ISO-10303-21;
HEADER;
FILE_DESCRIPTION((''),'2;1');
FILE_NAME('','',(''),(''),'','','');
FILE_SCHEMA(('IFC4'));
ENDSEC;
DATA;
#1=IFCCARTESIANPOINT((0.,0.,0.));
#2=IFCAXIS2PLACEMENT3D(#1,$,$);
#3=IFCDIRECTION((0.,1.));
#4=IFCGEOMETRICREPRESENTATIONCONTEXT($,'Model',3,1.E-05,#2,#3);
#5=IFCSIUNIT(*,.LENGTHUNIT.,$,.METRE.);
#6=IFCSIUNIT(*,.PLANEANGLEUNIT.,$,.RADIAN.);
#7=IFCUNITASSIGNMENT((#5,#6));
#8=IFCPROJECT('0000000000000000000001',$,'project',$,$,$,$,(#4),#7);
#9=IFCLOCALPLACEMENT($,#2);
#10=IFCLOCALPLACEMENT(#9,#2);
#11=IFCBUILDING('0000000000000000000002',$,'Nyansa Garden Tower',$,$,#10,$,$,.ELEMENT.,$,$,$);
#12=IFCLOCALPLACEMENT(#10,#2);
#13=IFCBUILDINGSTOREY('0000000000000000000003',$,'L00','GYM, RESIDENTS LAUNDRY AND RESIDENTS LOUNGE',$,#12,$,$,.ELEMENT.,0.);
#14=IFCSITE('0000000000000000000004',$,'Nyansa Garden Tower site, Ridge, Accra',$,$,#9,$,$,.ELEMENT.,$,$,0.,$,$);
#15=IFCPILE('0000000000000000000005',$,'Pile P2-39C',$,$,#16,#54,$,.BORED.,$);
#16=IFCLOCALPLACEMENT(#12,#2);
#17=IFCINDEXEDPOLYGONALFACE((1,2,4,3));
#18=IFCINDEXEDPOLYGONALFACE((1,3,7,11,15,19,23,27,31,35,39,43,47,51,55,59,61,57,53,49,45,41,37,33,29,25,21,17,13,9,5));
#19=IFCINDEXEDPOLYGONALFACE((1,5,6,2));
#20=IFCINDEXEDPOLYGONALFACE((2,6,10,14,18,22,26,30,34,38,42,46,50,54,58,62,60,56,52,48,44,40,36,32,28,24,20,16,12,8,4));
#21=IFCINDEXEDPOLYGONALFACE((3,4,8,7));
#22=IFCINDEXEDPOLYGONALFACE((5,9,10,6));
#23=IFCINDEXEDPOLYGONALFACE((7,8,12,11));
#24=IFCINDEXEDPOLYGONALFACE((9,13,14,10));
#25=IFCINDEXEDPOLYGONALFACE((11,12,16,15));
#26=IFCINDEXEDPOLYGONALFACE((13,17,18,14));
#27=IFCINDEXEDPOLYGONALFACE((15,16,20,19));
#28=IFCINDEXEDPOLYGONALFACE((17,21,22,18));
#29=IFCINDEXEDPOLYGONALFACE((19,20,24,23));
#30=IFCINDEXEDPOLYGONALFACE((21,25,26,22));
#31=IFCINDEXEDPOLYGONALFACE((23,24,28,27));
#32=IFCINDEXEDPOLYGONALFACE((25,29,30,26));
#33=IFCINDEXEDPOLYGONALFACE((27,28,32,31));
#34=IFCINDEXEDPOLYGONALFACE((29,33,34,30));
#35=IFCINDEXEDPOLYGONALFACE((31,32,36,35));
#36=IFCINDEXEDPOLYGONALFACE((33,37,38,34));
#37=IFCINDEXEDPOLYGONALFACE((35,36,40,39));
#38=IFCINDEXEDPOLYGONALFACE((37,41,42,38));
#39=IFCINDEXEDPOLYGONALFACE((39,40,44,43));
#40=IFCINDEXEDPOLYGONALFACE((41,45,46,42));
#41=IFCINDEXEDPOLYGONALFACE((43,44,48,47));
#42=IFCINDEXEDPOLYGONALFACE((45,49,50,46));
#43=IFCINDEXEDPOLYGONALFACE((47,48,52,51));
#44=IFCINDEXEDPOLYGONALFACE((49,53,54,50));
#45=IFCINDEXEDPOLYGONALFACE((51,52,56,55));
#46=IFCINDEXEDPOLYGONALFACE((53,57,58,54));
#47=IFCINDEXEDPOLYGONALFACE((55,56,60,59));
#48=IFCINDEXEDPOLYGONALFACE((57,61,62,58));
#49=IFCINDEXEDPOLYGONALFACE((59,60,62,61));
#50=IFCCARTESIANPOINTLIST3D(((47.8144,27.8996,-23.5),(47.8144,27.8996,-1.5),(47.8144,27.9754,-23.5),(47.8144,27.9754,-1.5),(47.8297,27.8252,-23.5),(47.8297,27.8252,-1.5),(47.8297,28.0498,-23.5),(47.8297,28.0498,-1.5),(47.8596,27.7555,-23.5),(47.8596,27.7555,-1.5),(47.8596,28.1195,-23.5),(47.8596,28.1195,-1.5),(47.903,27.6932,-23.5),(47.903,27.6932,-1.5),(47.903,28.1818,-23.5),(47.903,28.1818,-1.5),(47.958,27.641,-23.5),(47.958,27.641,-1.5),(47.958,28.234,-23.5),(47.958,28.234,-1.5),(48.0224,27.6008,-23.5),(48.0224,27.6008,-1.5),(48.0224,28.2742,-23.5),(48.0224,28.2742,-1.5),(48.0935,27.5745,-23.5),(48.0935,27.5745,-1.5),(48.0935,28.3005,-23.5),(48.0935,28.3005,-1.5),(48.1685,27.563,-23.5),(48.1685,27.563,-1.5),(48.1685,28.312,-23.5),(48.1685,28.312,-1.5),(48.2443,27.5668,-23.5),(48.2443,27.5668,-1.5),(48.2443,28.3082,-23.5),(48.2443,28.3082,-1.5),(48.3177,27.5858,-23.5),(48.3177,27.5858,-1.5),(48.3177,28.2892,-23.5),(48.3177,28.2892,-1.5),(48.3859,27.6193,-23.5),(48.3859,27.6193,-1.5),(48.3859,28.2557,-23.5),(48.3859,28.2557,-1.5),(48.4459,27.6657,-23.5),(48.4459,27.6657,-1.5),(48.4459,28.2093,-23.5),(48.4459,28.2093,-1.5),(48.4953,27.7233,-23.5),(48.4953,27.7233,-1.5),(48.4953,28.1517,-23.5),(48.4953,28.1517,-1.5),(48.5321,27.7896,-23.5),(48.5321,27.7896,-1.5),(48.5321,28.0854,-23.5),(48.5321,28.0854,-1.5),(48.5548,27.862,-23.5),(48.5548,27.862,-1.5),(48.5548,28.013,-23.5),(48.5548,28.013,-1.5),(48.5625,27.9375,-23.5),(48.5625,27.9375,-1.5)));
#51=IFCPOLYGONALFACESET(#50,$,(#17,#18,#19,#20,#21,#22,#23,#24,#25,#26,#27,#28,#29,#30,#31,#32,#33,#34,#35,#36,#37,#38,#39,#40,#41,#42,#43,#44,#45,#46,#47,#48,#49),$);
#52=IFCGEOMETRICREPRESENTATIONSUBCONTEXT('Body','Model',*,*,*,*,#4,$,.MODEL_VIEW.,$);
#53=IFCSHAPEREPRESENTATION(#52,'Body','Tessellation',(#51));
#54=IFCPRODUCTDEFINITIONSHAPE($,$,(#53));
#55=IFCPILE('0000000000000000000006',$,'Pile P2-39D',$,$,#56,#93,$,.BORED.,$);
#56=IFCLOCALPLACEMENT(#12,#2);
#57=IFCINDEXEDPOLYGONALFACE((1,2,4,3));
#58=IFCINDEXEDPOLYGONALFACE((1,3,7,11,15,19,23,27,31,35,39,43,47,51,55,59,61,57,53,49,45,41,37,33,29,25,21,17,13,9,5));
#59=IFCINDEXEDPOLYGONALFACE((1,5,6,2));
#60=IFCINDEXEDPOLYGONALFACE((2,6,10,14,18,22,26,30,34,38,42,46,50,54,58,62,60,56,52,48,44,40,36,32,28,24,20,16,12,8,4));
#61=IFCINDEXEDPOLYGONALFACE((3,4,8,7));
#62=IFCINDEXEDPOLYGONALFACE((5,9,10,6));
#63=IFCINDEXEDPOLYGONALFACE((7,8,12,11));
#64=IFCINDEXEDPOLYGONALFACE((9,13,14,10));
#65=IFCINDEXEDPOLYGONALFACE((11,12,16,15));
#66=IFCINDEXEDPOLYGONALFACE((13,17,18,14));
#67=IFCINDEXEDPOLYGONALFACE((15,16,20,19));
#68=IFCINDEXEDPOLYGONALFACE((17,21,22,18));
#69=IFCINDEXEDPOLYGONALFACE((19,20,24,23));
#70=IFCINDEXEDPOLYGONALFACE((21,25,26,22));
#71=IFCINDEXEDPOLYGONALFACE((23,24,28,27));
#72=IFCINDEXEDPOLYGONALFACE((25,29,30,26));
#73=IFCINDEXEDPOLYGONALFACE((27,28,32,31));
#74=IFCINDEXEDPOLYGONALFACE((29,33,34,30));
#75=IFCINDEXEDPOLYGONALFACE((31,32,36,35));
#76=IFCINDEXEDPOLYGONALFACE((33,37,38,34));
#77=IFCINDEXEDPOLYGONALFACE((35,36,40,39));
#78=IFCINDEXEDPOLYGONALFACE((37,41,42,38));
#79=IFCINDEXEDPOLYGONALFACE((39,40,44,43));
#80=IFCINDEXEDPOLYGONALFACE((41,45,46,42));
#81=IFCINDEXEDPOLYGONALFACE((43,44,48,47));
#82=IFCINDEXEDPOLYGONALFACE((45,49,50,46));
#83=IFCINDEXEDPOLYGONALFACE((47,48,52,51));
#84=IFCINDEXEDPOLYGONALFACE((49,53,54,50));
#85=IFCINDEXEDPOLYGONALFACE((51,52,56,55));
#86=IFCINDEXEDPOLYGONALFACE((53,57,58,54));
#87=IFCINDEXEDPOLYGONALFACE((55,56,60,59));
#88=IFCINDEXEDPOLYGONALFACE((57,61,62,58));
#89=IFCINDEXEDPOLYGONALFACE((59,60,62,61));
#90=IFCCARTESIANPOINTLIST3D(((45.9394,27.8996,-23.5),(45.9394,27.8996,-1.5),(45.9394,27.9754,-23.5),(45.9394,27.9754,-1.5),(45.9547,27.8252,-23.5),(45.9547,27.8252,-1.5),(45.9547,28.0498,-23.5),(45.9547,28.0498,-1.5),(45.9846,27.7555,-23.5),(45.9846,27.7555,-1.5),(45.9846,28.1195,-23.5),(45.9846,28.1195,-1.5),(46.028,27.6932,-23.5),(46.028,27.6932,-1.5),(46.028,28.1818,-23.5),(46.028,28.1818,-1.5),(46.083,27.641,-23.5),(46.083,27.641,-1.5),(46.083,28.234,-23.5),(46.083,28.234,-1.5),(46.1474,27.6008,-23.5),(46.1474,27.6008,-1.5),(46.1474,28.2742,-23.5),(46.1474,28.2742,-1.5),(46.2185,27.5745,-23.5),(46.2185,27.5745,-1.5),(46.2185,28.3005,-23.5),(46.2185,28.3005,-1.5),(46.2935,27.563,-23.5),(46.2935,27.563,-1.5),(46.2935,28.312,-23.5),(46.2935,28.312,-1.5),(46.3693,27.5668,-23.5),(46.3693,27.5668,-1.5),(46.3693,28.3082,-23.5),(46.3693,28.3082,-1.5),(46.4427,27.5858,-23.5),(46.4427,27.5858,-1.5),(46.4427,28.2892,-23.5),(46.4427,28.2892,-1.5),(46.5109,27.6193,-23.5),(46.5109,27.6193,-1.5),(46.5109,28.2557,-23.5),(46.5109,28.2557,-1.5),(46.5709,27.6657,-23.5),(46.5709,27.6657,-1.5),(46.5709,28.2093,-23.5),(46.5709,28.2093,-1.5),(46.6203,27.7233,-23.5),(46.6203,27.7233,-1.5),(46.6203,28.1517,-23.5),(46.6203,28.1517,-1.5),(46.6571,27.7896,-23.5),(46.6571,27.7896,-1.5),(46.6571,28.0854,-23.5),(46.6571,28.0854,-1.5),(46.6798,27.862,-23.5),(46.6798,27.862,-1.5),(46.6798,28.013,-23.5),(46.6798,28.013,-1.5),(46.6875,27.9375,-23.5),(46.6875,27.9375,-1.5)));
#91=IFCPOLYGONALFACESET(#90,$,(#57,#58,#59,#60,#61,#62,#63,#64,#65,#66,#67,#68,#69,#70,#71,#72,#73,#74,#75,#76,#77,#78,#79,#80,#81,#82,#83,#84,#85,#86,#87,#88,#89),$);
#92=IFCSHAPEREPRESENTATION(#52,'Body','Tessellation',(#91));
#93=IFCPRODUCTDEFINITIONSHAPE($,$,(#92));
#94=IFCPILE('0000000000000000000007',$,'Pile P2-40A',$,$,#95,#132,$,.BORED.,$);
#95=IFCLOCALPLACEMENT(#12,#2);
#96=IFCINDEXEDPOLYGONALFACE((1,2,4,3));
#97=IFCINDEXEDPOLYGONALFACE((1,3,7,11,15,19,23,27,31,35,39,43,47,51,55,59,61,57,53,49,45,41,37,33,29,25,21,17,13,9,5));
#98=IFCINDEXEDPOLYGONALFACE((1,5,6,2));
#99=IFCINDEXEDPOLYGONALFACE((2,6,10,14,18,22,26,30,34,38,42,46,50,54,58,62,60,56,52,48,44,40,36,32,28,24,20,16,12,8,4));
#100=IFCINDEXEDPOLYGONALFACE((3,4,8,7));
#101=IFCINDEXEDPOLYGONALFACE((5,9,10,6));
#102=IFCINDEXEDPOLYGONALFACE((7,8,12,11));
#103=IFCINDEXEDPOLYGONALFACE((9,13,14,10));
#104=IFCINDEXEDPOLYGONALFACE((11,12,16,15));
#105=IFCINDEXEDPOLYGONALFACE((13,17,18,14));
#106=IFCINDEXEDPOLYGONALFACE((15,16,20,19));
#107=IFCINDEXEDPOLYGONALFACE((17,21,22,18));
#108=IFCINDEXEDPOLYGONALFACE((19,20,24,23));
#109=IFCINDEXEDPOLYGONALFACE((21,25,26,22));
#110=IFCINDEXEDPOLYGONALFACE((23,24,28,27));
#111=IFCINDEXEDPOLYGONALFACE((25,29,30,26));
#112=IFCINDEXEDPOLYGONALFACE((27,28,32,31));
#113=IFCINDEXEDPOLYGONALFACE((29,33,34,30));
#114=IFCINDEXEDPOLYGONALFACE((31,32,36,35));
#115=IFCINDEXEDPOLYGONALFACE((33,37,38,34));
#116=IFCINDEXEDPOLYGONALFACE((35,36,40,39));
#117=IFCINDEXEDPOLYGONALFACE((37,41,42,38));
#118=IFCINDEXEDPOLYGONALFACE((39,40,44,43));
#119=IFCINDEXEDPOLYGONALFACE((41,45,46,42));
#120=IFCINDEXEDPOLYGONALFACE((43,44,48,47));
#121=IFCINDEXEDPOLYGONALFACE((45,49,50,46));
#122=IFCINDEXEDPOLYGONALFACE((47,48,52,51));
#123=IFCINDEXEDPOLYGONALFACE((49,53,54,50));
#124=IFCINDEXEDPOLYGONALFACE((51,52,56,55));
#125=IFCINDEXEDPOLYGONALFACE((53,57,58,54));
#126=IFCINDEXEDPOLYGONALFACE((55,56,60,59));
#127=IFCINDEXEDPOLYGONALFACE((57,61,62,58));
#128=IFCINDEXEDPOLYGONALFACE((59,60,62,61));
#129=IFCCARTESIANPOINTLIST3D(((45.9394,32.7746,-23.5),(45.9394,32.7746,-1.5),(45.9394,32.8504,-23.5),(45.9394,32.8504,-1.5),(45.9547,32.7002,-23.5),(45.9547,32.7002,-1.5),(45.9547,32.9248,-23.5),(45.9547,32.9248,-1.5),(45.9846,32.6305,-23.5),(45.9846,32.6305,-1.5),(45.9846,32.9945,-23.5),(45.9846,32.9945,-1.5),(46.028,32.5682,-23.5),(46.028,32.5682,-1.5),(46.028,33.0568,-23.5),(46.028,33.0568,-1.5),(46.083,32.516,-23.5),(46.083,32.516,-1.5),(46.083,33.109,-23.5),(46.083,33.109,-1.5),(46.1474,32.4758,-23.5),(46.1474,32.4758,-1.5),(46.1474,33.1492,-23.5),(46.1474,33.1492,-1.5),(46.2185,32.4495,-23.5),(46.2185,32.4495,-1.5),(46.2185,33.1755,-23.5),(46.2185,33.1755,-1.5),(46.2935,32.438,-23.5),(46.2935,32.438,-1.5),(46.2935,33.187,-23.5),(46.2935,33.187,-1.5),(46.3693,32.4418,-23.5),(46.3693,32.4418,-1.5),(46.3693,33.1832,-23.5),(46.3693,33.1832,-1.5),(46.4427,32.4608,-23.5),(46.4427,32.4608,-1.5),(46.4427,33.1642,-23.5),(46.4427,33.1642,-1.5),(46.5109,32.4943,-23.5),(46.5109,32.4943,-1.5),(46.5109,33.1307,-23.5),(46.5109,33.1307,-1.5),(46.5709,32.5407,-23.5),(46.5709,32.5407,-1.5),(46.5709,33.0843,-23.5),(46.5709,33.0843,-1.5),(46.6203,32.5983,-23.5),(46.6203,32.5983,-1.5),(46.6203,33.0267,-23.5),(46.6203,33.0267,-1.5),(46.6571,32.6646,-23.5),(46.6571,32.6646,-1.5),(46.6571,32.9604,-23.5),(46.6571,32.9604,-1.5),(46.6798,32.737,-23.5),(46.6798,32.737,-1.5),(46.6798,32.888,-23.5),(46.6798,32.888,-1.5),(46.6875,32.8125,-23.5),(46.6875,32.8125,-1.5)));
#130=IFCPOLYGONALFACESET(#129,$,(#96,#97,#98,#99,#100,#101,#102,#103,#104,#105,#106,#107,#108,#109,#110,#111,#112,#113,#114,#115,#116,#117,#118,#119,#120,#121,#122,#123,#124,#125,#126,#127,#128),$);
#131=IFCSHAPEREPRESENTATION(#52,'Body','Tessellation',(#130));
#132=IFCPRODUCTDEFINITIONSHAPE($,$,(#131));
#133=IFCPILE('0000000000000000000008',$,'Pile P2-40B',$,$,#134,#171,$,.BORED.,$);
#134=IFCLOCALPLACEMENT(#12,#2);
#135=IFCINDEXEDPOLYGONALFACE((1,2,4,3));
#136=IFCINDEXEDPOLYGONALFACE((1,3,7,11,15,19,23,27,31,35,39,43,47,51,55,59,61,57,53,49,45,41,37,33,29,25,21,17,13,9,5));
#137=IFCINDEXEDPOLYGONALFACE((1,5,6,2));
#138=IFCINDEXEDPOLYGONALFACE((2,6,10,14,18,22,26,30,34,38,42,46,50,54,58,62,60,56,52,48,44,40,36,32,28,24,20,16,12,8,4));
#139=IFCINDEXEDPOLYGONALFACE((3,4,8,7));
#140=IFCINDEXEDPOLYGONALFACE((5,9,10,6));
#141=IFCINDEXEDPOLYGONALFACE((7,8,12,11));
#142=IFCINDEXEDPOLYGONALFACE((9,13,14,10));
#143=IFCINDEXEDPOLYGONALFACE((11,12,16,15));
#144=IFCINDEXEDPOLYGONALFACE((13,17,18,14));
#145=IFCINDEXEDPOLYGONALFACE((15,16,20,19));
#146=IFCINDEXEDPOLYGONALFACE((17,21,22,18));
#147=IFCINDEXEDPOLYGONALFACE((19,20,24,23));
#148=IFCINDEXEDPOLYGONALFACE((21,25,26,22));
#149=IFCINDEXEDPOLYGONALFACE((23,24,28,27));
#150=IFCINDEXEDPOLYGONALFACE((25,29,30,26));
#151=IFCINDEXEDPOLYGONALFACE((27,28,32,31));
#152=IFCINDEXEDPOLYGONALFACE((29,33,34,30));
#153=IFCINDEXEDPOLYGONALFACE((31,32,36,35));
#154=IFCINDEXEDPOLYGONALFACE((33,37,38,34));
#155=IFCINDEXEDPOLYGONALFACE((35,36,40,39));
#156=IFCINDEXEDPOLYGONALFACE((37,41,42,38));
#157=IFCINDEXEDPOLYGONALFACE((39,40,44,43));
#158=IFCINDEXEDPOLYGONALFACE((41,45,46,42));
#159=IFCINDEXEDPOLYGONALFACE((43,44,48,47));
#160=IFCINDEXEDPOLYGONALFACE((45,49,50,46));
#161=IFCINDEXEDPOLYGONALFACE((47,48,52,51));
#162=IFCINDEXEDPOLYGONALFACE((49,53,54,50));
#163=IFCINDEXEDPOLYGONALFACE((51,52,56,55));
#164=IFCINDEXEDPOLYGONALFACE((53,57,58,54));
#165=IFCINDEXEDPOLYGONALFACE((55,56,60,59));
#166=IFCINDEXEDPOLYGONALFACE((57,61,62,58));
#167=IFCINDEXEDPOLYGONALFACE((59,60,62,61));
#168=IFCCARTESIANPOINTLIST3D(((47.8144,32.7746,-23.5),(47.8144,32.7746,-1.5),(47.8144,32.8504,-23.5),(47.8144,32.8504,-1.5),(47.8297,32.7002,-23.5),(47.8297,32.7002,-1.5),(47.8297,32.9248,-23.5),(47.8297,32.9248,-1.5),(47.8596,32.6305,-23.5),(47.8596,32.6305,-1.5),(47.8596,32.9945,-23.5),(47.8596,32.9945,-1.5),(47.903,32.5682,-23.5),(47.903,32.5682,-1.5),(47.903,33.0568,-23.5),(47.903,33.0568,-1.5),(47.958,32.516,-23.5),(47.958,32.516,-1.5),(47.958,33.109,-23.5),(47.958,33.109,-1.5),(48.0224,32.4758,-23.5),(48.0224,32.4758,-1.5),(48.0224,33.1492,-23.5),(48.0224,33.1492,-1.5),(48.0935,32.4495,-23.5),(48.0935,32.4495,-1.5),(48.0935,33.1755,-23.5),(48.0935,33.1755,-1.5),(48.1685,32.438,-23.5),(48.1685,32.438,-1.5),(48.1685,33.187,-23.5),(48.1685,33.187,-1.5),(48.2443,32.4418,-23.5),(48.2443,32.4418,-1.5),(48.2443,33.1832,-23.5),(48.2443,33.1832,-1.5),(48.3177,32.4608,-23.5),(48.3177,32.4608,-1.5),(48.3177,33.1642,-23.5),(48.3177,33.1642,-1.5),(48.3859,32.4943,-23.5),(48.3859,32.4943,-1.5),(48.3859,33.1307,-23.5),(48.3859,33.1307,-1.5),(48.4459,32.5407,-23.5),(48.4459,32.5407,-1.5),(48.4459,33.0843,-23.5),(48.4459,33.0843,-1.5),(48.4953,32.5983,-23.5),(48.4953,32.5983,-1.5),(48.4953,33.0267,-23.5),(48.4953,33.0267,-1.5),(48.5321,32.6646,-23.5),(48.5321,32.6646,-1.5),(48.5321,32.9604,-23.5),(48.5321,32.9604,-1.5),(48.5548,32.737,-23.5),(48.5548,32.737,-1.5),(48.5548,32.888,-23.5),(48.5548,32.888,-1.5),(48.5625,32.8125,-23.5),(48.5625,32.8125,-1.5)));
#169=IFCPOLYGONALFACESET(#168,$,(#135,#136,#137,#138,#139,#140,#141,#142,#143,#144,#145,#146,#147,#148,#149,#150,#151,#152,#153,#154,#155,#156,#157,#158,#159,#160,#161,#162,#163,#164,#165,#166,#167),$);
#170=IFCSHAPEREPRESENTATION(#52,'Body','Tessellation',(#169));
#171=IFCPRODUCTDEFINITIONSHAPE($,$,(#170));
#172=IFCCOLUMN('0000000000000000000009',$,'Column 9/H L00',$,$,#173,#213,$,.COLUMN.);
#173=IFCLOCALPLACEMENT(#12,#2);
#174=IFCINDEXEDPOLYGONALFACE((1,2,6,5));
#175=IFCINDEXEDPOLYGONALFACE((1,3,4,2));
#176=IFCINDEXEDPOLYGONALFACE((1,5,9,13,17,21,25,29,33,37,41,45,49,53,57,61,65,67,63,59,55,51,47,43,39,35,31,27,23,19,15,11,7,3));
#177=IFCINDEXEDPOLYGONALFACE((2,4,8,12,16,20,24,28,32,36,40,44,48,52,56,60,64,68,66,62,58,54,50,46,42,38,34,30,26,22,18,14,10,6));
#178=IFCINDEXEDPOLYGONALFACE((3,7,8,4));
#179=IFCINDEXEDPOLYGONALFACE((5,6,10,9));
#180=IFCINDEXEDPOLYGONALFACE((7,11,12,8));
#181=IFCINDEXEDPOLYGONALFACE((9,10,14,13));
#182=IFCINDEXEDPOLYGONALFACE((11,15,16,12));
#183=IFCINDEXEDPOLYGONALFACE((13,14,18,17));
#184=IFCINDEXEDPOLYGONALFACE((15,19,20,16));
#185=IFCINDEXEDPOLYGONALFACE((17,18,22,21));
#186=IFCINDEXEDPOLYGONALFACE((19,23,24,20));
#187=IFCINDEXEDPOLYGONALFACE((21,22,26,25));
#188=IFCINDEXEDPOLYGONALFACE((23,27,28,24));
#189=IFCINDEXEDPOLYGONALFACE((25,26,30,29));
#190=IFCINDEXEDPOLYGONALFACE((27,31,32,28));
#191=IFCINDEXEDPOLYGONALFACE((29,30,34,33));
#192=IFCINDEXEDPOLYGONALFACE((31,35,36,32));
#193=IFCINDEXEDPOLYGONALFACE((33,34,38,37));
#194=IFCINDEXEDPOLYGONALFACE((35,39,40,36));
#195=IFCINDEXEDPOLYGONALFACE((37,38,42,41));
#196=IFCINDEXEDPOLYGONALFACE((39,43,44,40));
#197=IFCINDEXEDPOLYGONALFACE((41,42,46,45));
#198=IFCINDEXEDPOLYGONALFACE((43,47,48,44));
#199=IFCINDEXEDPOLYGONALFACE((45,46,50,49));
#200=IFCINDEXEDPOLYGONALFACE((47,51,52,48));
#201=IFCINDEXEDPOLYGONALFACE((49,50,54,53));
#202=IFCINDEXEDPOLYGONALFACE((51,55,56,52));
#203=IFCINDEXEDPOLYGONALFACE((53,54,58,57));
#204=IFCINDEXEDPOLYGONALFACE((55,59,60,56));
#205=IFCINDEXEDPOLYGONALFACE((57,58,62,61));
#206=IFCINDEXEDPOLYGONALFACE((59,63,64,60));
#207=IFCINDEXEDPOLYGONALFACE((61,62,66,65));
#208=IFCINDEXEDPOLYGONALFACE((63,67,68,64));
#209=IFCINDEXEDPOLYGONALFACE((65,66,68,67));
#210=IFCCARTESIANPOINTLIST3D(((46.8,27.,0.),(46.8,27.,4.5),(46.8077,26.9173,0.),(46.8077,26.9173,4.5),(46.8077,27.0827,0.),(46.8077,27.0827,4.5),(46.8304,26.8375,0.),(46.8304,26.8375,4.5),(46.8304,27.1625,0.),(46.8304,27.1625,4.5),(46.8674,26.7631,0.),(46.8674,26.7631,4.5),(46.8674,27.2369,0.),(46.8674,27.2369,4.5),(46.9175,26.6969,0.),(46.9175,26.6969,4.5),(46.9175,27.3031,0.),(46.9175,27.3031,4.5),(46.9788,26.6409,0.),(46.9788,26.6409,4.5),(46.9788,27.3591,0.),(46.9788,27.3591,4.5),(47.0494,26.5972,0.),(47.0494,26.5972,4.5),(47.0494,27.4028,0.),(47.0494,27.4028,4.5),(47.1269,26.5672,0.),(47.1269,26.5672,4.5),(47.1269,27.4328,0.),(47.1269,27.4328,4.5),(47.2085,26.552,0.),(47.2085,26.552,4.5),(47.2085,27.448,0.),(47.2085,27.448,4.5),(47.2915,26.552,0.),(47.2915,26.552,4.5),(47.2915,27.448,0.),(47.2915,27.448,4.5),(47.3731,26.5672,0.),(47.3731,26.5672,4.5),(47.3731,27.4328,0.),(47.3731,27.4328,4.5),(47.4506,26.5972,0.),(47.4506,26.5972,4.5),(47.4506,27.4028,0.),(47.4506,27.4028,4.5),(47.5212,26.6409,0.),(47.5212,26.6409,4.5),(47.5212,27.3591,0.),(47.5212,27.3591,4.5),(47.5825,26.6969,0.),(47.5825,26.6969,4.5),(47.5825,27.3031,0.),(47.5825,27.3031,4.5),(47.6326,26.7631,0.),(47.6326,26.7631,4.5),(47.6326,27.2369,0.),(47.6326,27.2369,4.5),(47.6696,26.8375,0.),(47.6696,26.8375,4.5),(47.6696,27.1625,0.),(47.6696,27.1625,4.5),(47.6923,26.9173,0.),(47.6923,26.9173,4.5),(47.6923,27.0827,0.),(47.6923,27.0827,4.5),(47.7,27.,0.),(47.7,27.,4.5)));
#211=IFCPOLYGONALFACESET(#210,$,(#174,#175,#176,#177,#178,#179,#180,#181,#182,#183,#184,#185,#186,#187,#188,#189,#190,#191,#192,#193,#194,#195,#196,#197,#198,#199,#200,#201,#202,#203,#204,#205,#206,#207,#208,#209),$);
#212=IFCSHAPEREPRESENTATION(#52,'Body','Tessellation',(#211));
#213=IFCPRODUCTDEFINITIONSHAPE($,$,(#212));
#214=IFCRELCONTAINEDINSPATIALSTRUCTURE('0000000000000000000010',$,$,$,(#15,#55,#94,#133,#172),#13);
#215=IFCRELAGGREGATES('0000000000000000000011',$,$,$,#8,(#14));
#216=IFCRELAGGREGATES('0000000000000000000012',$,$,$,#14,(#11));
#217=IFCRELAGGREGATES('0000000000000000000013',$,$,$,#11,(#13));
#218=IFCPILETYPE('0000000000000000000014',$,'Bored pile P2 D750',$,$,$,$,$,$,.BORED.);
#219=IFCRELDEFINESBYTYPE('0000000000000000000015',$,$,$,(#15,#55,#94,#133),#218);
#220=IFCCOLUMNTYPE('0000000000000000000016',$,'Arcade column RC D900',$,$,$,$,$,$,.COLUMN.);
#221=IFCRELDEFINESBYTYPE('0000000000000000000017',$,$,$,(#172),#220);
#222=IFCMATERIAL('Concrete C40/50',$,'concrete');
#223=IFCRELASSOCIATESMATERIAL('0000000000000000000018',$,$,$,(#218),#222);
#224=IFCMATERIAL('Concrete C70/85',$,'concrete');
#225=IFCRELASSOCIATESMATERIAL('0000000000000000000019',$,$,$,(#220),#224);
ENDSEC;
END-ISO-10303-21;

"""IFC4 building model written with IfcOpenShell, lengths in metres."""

from ifc_helpers import new_model, si_unit, direction, frame, origin, origin_2d, place, context, subcontext, project, spatial, circle, extrude, material, material_profile, profile_set, type_object, element, save


model = new_model("IFC4")

# Units and contexts
model_context = context("Model", 3, precision=1e-05, world=origin(), true_north=direction((0.0, 1.0)))
body_context = subcontext(model_context, "Body", "Model", "MODEL_VIEW")
ifc_project = project(units=[si_unit("LENGTHUNIT", "METRE"), si_unit("PLANEANGLEUNIT", "RADIAN")], contexts=[model_context])

# Site, building, storey
site_placement = place(None, origin())
site = spatial("IfcSite", under=ifc_project, at=site_placement, Name="Nyansa Garden Tower site, Ridge, Accra", CompositionType="ELEMENT", RefElevation=0.0)
building_placement = place(site_placement, origin())
building = spatial("IfcBuilding", under=site, at=building_placement, Name="Nyansa Garden Tower", CompositionType="ELEMENT")
storey_placement = place(building_placement, origin())
storey = spatial("IfcBuildingStorey", under=building, at=storey_placement, Name="L00", Description="GYM, RESIDENTS LAUNDRY AND RESIDENTS LOUNGE", CompositionType="ELEMENT", Elevation=0.0)

# Piles
ifc_material_1 = material(Name="Concrete C40/50", Category="concrete")
pile_type_1 = type_object("IfcPileType", Name="Bored pile P2 D750", PredefinedType="BORED", material=ifc_material_1)
for number, where, z_axis, x_axis, name in (
    (1, (48.1875, 27.9375, -1.5), (0.0, 0.0, -1.0), (1.0, 0.0, 0.0), "Pile P2-39C"),
    (2, (46.3125, 27.9375, -1.5), (0.0, 0.0, -1.0), (1.0, 0.0, 0.0), "Pile P2-39D"),
    (3, (46.3125, 32.8125, -1.5), (0.0, 0.0, -1.0), (1.0, 0.0, 0.0), "Pile P2-40A"),
    (4, (48.1875, 32.8125, -1.5), (0.0, 0.0, -1.0), (1.0, 0.0, 0.0), "Pile P2-40B"),
):
    element("IfcPile", number, at=place(storey_placement, frame(where, z_axis=z_axis, x_axis=x_axis)), inside=storey, type_object=pile_type_1, Name=name, PredefinedType="BORED", context=body_context, shape_type="SweptSolid", body=[
        extrude(circle(Radius=0.375, at=origin_2d()), origin(), (0.0, 0.0, 1.0), 22.0),
    ])

# Column
ifc_material_2 = material(Name="Concrete C70/85", Category="concrete")
ifc_material_profile_1 = material_profile(ifc_material_2, circle(Radius=0.45, at=origin_2d()), Name="RC D900")
ifc_profile_set_1 = profile_set([ifc_material_profile_1], Name="Concrete C70/85")
column_type_1 = type_object("IfcColumnType", Name="Arcade column RC D900", PredefinedType="COLUMN", material=ifc_profile_set_1)
for number, where, z_axis, x_axis, name in (
    (5, (47.25, 27.0, 0.0), (0.0, 0.0, 1.0), (1.0, 0.0, 0.0), "Column 9/H L00"),
):
    element("IfcColumn", number, at=place(storey_placement, frame(where, z_axis=z_axis, x_axis=x_axis)), inside=storey, type_object=column_type_1, Name=name, PredefinedType="COLUMN", context=body_context, shape_type="SweptSolid", body=[
        extrude(circle(Radius=0.45, at=origin_2d()), origin(), (0.0, 0.0, 1.0), 4.5),
    ])

save(model, "model.ifc")
